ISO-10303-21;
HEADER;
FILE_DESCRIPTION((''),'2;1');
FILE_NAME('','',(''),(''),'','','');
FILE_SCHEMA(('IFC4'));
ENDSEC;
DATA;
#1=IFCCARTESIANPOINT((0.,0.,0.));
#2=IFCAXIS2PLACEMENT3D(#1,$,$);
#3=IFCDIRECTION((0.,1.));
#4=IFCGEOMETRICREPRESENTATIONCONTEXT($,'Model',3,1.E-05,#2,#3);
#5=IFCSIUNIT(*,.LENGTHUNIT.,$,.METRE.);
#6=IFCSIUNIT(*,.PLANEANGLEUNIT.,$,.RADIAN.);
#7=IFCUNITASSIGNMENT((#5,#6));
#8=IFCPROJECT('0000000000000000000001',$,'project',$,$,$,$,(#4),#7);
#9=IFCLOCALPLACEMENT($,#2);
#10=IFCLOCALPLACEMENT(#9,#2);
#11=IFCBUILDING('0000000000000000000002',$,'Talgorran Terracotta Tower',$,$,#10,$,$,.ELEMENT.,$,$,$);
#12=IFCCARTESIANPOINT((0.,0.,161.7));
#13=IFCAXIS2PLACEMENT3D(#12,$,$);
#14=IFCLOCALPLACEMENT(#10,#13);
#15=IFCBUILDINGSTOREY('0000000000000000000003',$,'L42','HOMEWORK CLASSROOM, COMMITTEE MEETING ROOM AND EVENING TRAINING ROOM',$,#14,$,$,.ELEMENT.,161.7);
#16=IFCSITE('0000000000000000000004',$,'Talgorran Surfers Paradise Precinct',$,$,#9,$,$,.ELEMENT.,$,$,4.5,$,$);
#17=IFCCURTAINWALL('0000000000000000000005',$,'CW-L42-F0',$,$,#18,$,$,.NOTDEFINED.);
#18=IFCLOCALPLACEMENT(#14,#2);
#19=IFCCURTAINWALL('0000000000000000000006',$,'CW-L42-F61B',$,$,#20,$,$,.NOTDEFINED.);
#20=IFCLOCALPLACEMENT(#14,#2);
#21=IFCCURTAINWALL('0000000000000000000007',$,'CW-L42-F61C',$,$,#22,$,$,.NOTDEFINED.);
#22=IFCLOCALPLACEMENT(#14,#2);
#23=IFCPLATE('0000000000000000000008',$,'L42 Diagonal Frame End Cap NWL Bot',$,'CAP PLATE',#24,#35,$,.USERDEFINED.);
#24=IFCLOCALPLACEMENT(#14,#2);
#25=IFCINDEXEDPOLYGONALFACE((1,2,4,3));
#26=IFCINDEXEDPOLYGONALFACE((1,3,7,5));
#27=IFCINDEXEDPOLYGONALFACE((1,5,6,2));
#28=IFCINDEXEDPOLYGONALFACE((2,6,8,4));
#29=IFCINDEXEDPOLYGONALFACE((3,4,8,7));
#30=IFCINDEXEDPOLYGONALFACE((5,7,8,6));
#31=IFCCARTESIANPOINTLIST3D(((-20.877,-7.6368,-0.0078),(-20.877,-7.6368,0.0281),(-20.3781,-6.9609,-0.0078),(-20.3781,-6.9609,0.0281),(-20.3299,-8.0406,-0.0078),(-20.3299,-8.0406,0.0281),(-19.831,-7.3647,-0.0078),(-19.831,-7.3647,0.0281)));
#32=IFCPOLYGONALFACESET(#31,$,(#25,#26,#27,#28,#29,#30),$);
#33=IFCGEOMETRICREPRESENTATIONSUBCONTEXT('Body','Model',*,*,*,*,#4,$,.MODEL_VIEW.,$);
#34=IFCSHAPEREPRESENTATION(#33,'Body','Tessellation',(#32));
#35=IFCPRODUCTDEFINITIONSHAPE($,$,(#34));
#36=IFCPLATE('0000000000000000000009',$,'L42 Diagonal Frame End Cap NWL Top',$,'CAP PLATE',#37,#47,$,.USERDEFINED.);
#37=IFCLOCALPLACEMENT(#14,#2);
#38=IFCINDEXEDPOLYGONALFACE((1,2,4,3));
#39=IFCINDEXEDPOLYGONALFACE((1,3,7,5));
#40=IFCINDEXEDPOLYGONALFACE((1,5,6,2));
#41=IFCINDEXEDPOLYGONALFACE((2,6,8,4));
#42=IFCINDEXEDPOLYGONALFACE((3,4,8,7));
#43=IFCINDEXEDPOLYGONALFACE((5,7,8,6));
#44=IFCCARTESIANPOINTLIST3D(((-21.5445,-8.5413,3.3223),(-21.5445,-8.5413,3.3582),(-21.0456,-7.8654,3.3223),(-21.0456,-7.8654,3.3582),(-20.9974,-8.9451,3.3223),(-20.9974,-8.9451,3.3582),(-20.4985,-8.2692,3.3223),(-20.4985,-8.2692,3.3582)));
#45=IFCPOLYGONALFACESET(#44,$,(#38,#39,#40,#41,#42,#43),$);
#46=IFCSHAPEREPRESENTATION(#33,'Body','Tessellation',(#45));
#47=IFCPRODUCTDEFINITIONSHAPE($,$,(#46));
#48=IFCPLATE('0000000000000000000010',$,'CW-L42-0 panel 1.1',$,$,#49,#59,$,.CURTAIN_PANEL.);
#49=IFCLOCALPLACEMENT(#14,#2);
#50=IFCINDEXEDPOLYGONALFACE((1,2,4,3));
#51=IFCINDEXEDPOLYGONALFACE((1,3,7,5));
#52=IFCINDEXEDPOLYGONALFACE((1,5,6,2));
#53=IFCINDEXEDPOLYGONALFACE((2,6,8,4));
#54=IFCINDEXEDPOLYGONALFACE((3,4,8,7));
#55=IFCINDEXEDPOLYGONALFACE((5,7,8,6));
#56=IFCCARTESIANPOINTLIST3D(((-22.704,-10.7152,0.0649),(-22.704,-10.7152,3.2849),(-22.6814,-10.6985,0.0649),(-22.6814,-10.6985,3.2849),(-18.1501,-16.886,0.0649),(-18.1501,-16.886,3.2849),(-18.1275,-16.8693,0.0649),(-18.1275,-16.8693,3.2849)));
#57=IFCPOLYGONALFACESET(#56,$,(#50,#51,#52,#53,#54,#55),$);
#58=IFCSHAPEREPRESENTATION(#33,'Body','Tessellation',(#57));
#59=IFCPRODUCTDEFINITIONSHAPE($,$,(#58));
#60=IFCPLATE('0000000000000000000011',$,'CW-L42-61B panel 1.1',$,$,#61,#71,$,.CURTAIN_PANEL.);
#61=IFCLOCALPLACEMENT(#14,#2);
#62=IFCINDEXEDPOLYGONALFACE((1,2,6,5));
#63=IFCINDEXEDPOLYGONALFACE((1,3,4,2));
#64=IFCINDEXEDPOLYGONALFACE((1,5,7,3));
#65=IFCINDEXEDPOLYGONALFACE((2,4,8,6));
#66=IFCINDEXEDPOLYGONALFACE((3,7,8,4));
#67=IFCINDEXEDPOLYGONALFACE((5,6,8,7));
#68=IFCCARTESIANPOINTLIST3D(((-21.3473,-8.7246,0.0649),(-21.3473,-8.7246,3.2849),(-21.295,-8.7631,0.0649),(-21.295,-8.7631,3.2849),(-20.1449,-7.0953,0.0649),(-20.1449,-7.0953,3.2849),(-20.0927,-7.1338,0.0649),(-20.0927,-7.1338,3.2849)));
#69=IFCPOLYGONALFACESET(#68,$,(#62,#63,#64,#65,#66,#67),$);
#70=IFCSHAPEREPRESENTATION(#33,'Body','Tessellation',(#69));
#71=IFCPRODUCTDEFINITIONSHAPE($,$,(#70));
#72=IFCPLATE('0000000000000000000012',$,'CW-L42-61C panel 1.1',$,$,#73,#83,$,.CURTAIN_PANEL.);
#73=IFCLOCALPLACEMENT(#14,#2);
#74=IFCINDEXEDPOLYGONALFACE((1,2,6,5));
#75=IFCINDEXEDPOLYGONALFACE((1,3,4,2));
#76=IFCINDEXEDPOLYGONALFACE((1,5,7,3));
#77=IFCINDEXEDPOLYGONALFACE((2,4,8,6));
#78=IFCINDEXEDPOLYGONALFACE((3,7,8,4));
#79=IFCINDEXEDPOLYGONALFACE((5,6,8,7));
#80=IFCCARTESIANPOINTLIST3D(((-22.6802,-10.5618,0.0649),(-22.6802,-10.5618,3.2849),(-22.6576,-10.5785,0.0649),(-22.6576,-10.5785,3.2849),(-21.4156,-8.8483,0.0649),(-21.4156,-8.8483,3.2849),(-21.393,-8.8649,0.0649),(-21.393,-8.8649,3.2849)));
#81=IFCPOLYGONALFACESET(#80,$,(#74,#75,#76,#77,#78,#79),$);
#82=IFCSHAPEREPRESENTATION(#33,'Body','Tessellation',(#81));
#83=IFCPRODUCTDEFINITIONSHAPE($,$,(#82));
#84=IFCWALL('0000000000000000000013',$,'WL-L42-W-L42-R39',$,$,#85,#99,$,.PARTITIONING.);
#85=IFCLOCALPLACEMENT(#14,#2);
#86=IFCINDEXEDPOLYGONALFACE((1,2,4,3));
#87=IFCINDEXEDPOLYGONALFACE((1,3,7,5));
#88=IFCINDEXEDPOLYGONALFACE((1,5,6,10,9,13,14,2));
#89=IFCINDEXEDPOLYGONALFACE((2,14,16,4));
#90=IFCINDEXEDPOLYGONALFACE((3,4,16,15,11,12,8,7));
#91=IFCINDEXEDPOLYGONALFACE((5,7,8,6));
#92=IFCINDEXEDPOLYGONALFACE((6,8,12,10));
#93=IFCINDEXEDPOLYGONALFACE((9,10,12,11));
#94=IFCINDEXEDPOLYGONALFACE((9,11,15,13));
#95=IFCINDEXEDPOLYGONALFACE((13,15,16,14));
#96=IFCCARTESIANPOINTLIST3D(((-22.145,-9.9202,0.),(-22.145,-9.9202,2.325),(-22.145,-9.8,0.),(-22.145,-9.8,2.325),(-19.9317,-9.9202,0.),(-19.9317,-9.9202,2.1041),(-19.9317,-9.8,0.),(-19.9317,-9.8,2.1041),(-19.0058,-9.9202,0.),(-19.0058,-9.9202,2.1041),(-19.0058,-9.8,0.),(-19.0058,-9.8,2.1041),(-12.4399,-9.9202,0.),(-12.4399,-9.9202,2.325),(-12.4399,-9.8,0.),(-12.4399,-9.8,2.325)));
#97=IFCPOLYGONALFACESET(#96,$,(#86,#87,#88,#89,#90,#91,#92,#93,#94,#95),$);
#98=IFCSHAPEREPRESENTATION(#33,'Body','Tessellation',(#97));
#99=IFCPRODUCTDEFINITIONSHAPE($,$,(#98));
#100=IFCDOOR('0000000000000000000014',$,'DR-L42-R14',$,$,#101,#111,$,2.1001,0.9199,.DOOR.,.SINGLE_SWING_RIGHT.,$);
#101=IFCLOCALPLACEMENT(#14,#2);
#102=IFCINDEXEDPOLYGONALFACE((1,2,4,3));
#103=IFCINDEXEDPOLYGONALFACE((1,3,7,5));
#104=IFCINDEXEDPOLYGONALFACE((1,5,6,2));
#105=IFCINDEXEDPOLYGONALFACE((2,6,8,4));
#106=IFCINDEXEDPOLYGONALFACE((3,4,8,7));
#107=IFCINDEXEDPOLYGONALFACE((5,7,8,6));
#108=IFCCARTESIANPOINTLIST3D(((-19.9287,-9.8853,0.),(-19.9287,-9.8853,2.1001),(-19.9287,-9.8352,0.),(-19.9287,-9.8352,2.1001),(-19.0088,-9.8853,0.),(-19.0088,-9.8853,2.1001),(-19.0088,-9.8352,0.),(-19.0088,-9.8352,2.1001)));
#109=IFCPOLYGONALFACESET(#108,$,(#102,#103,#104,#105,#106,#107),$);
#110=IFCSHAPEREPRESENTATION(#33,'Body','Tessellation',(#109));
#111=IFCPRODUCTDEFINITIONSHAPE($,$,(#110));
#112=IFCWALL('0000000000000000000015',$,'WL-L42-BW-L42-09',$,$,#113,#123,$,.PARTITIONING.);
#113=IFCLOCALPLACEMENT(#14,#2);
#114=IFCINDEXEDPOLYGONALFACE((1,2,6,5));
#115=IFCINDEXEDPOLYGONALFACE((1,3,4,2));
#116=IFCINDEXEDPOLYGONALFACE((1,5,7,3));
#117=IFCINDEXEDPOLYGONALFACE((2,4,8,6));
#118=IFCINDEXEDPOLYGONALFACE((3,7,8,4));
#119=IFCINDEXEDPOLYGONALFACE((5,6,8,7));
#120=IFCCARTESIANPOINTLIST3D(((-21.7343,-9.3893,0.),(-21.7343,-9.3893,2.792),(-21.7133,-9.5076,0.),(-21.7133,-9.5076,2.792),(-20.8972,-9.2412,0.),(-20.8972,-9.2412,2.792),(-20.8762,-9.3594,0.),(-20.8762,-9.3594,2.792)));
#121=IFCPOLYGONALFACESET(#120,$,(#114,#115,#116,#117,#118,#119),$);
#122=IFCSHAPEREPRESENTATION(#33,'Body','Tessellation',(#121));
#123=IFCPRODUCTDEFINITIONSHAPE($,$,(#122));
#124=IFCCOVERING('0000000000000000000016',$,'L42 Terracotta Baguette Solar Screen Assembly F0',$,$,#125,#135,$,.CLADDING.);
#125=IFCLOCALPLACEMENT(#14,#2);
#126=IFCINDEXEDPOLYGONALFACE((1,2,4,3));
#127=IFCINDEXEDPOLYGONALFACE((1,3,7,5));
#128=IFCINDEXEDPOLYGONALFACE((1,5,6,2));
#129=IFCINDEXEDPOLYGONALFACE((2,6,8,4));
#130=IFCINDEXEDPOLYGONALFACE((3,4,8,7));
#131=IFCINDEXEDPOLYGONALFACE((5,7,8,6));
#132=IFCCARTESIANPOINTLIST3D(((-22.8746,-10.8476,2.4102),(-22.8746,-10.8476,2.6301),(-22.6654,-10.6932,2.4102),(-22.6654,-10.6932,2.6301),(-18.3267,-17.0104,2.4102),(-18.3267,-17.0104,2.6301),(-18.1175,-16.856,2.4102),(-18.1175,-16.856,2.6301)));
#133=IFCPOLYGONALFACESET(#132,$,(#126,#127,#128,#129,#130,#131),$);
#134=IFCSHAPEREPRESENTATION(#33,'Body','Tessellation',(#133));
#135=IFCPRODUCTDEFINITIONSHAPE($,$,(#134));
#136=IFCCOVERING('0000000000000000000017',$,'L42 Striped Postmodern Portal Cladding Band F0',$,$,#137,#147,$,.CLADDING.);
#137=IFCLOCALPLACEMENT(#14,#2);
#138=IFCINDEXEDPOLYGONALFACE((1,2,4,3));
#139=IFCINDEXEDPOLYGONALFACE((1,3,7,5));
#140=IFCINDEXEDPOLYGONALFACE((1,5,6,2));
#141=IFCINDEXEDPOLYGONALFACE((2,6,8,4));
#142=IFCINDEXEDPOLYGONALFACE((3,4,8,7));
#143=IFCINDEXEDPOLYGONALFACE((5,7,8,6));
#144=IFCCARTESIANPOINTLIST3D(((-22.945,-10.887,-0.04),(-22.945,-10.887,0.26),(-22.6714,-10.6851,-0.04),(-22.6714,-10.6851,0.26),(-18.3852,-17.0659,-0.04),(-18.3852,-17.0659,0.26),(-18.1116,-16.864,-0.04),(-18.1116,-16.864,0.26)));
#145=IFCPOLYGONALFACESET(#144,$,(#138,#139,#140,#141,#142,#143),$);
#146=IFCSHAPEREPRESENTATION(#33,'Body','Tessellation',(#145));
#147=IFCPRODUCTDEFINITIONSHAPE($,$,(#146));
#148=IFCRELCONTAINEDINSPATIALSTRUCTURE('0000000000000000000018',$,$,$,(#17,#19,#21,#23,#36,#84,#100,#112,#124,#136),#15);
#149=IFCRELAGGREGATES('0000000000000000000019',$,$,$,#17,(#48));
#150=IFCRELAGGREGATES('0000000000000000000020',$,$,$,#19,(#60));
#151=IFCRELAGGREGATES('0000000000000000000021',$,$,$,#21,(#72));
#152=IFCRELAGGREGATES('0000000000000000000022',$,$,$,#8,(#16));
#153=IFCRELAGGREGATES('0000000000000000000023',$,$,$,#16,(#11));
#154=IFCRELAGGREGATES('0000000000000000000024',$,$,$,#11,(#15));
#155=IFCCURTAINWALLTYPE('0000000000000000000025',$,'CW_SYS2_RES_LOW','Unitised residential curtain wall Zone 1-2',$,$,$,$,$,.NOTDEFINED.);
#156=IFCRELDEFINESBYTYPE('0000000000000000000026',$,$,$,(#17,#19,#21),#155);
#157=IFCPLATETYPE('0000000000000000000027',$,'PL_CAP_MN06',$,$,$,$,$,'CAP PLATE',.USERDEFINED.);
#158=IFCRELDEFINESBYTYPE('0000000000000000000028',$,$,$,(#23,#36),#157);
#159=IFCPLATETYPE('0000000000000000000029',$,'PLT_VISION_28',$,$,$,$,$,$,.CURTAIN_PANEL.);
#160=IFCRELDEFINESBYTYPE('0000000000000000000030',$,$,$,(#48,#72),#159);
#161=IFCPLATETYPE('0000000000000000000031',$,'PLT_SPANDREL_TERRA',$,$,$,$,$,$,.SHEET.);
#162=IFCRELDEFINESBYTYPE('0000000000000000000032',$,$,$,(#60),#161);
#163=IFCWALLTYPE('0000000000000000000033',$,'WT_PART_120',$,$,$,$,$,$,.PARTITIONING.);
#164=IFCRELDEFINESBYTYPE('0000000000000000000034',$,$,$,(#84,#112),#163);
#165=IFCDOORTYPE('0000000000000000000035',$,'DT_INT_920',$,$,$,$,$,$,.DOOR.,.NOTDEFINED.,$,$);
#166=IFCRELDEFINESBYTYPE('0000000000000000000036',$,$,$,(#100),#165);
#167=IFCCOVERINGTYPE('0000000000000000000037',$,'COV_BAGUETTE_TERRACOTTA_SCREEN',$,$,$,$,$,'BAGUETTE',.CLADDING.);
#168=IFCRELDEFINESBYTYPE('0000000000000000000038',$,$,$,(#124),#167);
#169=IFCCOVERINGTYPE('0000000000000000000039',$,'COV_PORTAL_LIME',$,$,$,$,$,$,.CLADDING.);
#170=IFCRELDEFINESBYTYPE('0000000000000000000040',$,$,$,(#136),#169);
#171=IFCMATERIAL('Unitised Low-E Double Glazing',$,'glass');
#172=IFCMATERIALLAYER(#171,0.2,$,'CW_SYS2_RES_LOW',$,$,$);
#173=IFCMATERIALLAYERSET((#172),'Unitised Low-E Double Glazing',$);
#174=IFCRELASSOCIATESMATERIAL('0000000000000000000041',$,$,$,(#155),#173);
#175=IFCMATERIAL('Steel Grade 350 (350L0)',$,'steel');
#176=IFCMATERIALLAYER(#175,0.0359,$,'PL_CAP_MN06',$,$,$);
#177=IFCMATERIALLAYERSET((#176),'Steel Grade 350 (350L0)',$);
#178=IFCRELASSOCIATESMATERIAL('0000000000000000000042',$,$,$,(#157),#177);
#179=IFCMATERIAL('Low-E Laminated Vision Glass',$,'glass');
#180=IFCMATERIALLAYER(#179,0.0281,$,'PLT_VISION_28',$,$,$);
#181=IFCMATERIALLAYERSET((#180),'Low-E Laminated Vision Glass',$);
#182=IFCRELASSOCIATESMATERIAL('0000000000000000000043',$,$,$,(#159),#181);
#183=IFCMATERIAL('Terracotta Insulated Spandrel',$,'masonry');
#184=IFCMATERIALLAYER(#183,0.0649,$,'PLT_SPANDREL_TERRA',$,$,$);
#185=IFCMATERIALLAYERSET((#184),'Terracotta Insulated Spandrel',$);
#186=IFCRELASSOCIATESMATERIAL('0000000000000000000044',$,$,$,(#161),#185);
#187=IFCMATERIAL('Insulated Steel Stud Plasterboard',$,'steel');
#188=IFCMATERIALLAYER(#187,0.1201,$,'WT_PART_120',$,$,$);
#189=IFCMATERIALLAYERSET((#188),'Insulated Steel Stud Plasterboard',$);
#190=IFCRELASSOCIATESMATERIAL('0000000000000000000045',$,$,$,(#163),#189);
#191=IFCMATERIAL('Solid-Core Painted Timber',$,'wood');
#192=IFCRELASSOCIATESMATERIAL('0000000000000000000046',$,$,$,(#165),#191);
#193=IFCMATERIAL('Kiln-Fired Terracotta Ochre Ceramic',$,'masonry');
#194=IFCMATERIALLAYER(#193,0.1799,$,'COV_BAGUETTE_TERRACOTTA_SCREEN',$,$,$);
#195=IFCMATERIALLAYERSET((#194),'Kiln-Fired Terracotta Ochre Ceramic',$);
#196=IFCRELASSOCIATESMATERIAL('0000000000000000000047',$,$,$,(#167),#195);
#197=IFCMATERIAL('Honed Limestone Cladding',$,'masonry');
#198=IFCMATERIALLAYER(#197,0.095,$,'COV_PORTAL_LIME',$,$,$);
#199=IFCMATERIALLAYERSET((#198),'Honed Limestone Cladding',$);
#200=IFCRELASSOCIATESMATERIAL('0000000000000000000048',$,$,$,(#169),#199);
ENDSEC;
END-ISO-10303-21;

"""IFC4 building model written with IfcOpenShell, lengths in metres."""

from ifc_helpers import new_model, si_unit, direction, frame, frame_2d, origin, origin_2d, place, context, subcontext, project, spatial, rectangle, extrude, source, transform, mapped, material, layer, layer_set, type_object, type_shapes, element, fill, aggregate, save


model = new_model("IFC4")

# Units and contexts
model_context = context("Model", 3, precision=1e-05, world=origin(), true_north=direction((0.0, 1.0)))
body_context = subcontext(model_context, "Body", "Model", "MODEL_VIEW")
ifc_project = project(units=[si_unit("LENGTHUNIT", "METRE"), si_unit("PLANEANGLEUNIT", "RADIAN")], contexts=[model_context])

# Site, building, storey
site_placement = place(None, origin())
site = spatial("IfcSite", under=ifc_project, at=site_placement, Name="Talgorran Surfers Paradise Precinct", CompositionType="ELEMENT", RefElevation=4.5)
building_placement = place(site_placement, origin())
building = spatial("IfcBuilding", under=site, at=building_placement, Name="Talgorran Terracotta Tower", CompositionType="ELEMENT")
storey_placement = place(building_placement, frame((0.0, 0.0, 161.7)))
storey = spatial("IfcBuildingStorey", under=building, at=storey_placement, Name="L42", Description="HOMEWORK CLASSROOM, COMMITTEE MEETING ROOM AND EVENING TRAINING ROOM", CompositionType="ELEMENT", Elevation=161.7)

# Shared definitions
ifc_material_1 = material(Name="Steel Grade 350 (350L0)", Category="steel")

# Curtain walls
ifc_material_2 = material(Name="Unitised Low-E Double Glazing", Category="glass")
ifc_layer_1 = layer(ifc_material_2, 0.2, Name="CW_SYS2_RES_LOW")
ifc_layer_set_1 = layer_set([ifc_layer_1], Name="Unitised Low-E Double Glazing")
curtain_wall_type = type_object("IfcCurtainWallType", Name="CW_SYS2_RES_LOW", Description="Unitised residential curtain wall Zone 1-2", PredefinedType="NOTDEFINED", material=ifc_layer_set_1)
curtain_wall_1_placement = place(storey_placement, origin())
curtain_wall_1 = element("IfcCurtainWall", 1, at=curtain_wall_1_placement, inside=storey, type_object=curtain_wall_type, Name="CW-L42-F0", PredefinedType="NOTDEFINED")
curtain_wall_2_placement = place(storey_placement, origin())
curtain_wall_2 = element("IfcCurtainWall", 2, at=curtain_wall_2_placement, inside=storey, type_object=curtain_wall_type, Name="CW-L42-F61B", PredefinedType="NOTDEFINED")

# Curtain wall
curtain_wall_3_placement = place(storey_placement, origin())
curtain_wall_3 = element("IfcCurtainWall", 3, at=curtain_wall_3_placement, inside=storey, type_object=curtain_wall_type, Name="CW-L42-F61C", PredefinedType="NOTDEFINED")

# Plates
ifc_layer_2 = layer(ifc_material_1, 0.0359, Name="PL_CAP_MN06")
ifc_layer_set_2 = layer_set([ifc_layer_2], Name="Steel Grade 350 (350L0)")
plate_type_1 = type_object("IfcPlateType", Name="PL_CAP_MN06", ElementType="CAP PLATE", PredefinedType="USERDEFINED", material=ifc_layer_set_2)
for number, where, z_axis, x_axis, name in (
    (4, (-20.354, -7.5007, -0.0078), (0.0, 0.0, 1.0), (-0.59384, -0.804583, 0.0), "L42 Diagonal Frame End Cap NWL Bot"),
    (5, (-21.0215, -8.4053, 3.3223), (0.0, 0.0, 1.0), (-0.59384, -0.804583, 0.0), "L42 Diagonal Frame End Cap NWL Top"),
):
    element("IfcPlate", number, at=place(storey_placement, frame(where, z_axis=z_axis, x_axis=x_axis)), inside=storey, type_object=plate_type_1, Name=name, ObjectType="CAP PLATE", PredefinedType="USERDEFINED", context=body_context, shape_type="SweptSolid", body=[
        extrude(rectangle(XDim=0.8401, YDim=0.6799, at=origin_2d()), origin(), (0.0, 0.0, 1.0), 0.0359),
    ])

# Plates
ifc_material_3 = material(Name="Low-E Laminated Vision Glass", Category="glass")
ifc_layer_3 = layer(ifc_material_3, 0.0281, Name="PLT_VISION_28")
ifc_layer_set_3 = layer_set([ifc_layer_3], Name="Low-E Laminated Vision Glass")
plate_type_2 = type_object("IfcPlateType", Name="PLT_VISION_28", PredefinedType="CURTAIN_PANEL", material=ifc_layer_set_3)
shared_shape_1 = source(origin(), body_context, "Body", "SweptSolid", [
    extrude(rectangle(XDim=7.6692, YDim=0.0281, at=origin_2d()), origin(), (0.0, 0.0, 1.0), 3.22),
])
plate_1_placement = place(storey_placement, frame((-20.4158, -13.7922, 0.0649), z_axis=(0.0, 0.0, 1.0), x_axis=(0.593791, -0.80462, 0.0)))
plate_1 = element("IfcPlate", 6, at=plate_1_placement, type_object=plate_type_2, Name="CW-L42-0 panel 1.1", PredefinedType="CURTAIN_PANEL", context=body_context, shape_type="MappedRepresentation", body=[
    mapped(shared_shape_1, transform((0.0, 0.0, 0.0), scale=1.0)),
])
aggregate(curtain_wall_1, [plate_1])
ifc_material_4 = material(Name="Terracotta Insulated Spandrel", Category="masonry")
ifc_layer_4 = layer(ifc_material_4, 0.0649, Name="PLT_SPANDREL_TERRA")
ifc_layer_set_4 = layer_set([ifc_layer_4], Name="Terracotta Insulated Spandrel")
plate_type_3 = type_object("IfcPlateType", Name="PLT_SPANDREL_TERRA", PredefinedType="SHEET", material=ifc_layer_set_4)
shared_shape_2 = source(origin(), body_context, "Body", "SweptSolid", [
    extrude(rectangle(XDim=2.0249, YDim=0.0649, at=origin_2d()), origin(), (0.0, 0.0, 1.0), 3.22),
])
type_shapes(plate_type_3, [shared_shape_2])
plate_2_placement = place(storey_placement, frame((-20.72, -7.9292, 0.0649), z_axis=(0.0, 0.0, 1.0), x_axis=(-0.593789, -0.804621, 0.0)))
plate_2 = element("IfcPlate", 7, at=plate_2_placement, type_object=plate_type_3, Name="CW-L42-61B panel 1.1", PredefinedType="CURTAIN_PANEL", context=body_context, shape_type="MappedRepresentation", body=[
    mapped(shared_shape_2, transform((0.0, 0.0, 0.0), scale=1.0)),
])
aggregate(curtain_wall_2, [plate_2])
shared_shape_3 = source(origin(), body_context, "Body", "SweptSolid", [
    extrude(rectangle(XDim=2.1296, YDim=0.0281, at=origin_2d()), origin(), (0.0, 0.0, 1.0), 3.22),
])
type_shapes(plate_type_2, [shared_shape_1, shared_shape_3])
plate_3_placement = place(storey_placement, frame((-22.0366, -9.7134, 0.0649), z_axis=(0.0, 0.0, 1.0), x_axis=(-0.593794, -0.804617, 0.0)))
plate_3 = element("IfcPlate", 8, at=plate_3_placement, type_object=plate_type_2, Name="CW-L42-61C panel 1.1", PredefinedType="CURTAIN_PANEL", context=body_context, shape_type="MappedRepresentation", body=[
    mapped(shared_shape_3, transform((0.0, 0.0, 0.0), scale=1.0)),
])
aggregate(curtain_wall_3, [plate_3])

# Wall, opening, door
ifc_material_5 = material(Name="Insulated Steel Stud Plasterboard", Category="steel")
ifc_layer_5 = layer(ifc_material_5, 0.1201, Name="WT_PART_120")
ifc_layer_set_5 = layer_set([ifc_layer_5], Name="Insulated Steel Stud Plasterboard")
wall_type = type_object("IfcWallType", Name="WT_PART_120", PredefinedType="PARTITIONING", material=ifc_layer_set_5)
wall_1_placement = place(storey_placement, frame((-22.145, -9.8601, 0.0), z_axis=(0.0, 0.0, 1.0), x_axis=(1.0, 0.0, 0.0)))
wall_1 = element("IfcWall", 9, at=wall_1_placement, inside=storey, type_object=wall_type, Name="WL-L42-W-L42-R39", PredefinedType="PARTITIONING", context=body_context, shape_type="SweptSolid", body=[
    extrude(rectangle(XDim=9.7051, YDim=0.1201, at=frame_2d((4.8525, 0.0))), origin(), (0.0, 0.0, 1.0), 2.325),
])
opening_placement = place(wall_1_placement, frame((2.2163, 0.0, 0.0)))
opening = element("IfcOpeningElement", 10, at=opening_placement, cuts=wall_1, PredefinedType="OPENING", context=body_context, shape_type="SweptSolid", body=[
    extrude(rectangle(XDim=0.9259, YDim=2.1041, at=frame_2d((0.46, 1.052))), frame((0.0, 0.0701, 0.0), z_axis=(0.0, -1.0, 0.0), x_axis=(1.0, 0.0, 0.0)), (0.0, 0.0, 1.0), 0.1401),
])
ifc_material_6 = material(Name="Solid-Core Painted Timber", Category="wood")
door_type = type_object("IfcDoorType", Name="DT_INT_920", OperationType="NOTDEFINED", PredefinedType="DOOR", material=ifc_material_6)
door_placement = place(opening_placement, origin())
door = element("IfcDoor", 11, at=door_placement, inside=storey, type_object=door_type, Name="DR-L42-R14", OperationType="SINGLE_SWING_RIGHT", OverallHeight=2.1001, OverallWidth=0.9199, PredefinedType="DOOR", context=body_context, shape_type="SweptSolid", body=[
    extrude(rectangle(XDim=0.9199, YDim=2.1001, at=frame_2d((0.46, 1.05))), frame((0.0, 0.0249, 0.0), z_axis=(0.0, -1.0, 0.0), x_axis=(1.0, 0.0, 0.0)), (0.0, 0.0, 1.0), 0.05),
])
fill(opening, door)

# Wall
wall_2_placement = place(storey_placement, frame((-20.8867, -9.3003, 0.0), z_axis=(0.0, 0.0, 1.0), x_axis=(-0.984691, -0.17431, 0.0)))
element("IfcWall", 12, at=wall_2_placement, inside=storey, type_object=wall_type, Name="WL-L42-BW-L42-09", PredefinedType="PARTITIONING", context=body_context, shape_type="SweptSolid", body=[
    extrude(rectangle(XDim=0.8501, YDim=0.1201, at=frame_2d((0.425, 0.0))), origin(), (0.0, 0.0, 1.0), 2.792),
])

# Coverings
ifc_material_7 = material(Name="Kiln-Fired Terracotta Ochre Ceramic", Category="masonry")
ifc_layer_6 = layer(ifc_material_7, 0.1799, Name="COV_BAGUETTE_TERRACOTTA_SCREEN")
ifc_layer_set_6 = layer_set([ifc_layer_6], Name="Kiln-Fired Terracotta Ochre Ceramic")
covering_type_1 = type_object("IfcCoveringType", Name="COV_BAGUETTE_TERRACOTTA_SCREEN", ElementType="BAGUETTE", PredefinedType="CLADDING", material=ifc_layer_set_6)
covering_1_placement = place(storey_placement, frame((-20.4961, -13.8518, 2.4102), z_axis=(0.0, 0.0, 1.0), x_axis=(0.593784, -0.804624, 0.0)))
element("IfcCovering", 13, at=covering_1_placement, inside=storey, type_object=covering_type_1, Name="L42 Terracotta Baguette Solar Screen Assembly F0", PredefinedType="CLADDING", context=body_context, shape_type="SweptSolid", body=[
    extrude(rectangle(XDim=7.6592, YDim=0.26, at=origin_2d()), origin(), (0.0, 0.0, 1.0), 0.22),
])
ifc_material_8 = material(Name="Honed Limestone Cladding", Category="masonry")
ifc_layer_7 = layer(ifc_material_8, 0.095, Name="COV_PORTAL_LIME")
ifc_layer_set_7 = layer_set([ifc_layer_7], Name="Honed Limestone Cladding")
covering_type_2 = type_object("IfcCoveringType", Name="COV_PORTAL_LIME", PredefinedType="CLADDING", material=ifc_layer_set_7)
covering_2_placement = place(storey_placement, frame((-20.5283, -13.8755, -0.04), z_axis=(0.0, 0.0, 1.0), x_axis=(0.593784, -0.804624, 0.0)))
element("IfcCovering", 14, at=covering_2_placement, inside=storey, type_object=covering_type_2, Name="L42 Striped Postmodern Portal Cladding Band F0", PredefinedType="CLADDING", context=body_context, shape_type="SweptSolid", body=[
    extrude(rectangle(XDim=7.6792, YDim=0.3401, at=origin_2d()), origin(), (0.0, 0.0, 1.0), 0.3),
])

save(model, "model.ifc")
